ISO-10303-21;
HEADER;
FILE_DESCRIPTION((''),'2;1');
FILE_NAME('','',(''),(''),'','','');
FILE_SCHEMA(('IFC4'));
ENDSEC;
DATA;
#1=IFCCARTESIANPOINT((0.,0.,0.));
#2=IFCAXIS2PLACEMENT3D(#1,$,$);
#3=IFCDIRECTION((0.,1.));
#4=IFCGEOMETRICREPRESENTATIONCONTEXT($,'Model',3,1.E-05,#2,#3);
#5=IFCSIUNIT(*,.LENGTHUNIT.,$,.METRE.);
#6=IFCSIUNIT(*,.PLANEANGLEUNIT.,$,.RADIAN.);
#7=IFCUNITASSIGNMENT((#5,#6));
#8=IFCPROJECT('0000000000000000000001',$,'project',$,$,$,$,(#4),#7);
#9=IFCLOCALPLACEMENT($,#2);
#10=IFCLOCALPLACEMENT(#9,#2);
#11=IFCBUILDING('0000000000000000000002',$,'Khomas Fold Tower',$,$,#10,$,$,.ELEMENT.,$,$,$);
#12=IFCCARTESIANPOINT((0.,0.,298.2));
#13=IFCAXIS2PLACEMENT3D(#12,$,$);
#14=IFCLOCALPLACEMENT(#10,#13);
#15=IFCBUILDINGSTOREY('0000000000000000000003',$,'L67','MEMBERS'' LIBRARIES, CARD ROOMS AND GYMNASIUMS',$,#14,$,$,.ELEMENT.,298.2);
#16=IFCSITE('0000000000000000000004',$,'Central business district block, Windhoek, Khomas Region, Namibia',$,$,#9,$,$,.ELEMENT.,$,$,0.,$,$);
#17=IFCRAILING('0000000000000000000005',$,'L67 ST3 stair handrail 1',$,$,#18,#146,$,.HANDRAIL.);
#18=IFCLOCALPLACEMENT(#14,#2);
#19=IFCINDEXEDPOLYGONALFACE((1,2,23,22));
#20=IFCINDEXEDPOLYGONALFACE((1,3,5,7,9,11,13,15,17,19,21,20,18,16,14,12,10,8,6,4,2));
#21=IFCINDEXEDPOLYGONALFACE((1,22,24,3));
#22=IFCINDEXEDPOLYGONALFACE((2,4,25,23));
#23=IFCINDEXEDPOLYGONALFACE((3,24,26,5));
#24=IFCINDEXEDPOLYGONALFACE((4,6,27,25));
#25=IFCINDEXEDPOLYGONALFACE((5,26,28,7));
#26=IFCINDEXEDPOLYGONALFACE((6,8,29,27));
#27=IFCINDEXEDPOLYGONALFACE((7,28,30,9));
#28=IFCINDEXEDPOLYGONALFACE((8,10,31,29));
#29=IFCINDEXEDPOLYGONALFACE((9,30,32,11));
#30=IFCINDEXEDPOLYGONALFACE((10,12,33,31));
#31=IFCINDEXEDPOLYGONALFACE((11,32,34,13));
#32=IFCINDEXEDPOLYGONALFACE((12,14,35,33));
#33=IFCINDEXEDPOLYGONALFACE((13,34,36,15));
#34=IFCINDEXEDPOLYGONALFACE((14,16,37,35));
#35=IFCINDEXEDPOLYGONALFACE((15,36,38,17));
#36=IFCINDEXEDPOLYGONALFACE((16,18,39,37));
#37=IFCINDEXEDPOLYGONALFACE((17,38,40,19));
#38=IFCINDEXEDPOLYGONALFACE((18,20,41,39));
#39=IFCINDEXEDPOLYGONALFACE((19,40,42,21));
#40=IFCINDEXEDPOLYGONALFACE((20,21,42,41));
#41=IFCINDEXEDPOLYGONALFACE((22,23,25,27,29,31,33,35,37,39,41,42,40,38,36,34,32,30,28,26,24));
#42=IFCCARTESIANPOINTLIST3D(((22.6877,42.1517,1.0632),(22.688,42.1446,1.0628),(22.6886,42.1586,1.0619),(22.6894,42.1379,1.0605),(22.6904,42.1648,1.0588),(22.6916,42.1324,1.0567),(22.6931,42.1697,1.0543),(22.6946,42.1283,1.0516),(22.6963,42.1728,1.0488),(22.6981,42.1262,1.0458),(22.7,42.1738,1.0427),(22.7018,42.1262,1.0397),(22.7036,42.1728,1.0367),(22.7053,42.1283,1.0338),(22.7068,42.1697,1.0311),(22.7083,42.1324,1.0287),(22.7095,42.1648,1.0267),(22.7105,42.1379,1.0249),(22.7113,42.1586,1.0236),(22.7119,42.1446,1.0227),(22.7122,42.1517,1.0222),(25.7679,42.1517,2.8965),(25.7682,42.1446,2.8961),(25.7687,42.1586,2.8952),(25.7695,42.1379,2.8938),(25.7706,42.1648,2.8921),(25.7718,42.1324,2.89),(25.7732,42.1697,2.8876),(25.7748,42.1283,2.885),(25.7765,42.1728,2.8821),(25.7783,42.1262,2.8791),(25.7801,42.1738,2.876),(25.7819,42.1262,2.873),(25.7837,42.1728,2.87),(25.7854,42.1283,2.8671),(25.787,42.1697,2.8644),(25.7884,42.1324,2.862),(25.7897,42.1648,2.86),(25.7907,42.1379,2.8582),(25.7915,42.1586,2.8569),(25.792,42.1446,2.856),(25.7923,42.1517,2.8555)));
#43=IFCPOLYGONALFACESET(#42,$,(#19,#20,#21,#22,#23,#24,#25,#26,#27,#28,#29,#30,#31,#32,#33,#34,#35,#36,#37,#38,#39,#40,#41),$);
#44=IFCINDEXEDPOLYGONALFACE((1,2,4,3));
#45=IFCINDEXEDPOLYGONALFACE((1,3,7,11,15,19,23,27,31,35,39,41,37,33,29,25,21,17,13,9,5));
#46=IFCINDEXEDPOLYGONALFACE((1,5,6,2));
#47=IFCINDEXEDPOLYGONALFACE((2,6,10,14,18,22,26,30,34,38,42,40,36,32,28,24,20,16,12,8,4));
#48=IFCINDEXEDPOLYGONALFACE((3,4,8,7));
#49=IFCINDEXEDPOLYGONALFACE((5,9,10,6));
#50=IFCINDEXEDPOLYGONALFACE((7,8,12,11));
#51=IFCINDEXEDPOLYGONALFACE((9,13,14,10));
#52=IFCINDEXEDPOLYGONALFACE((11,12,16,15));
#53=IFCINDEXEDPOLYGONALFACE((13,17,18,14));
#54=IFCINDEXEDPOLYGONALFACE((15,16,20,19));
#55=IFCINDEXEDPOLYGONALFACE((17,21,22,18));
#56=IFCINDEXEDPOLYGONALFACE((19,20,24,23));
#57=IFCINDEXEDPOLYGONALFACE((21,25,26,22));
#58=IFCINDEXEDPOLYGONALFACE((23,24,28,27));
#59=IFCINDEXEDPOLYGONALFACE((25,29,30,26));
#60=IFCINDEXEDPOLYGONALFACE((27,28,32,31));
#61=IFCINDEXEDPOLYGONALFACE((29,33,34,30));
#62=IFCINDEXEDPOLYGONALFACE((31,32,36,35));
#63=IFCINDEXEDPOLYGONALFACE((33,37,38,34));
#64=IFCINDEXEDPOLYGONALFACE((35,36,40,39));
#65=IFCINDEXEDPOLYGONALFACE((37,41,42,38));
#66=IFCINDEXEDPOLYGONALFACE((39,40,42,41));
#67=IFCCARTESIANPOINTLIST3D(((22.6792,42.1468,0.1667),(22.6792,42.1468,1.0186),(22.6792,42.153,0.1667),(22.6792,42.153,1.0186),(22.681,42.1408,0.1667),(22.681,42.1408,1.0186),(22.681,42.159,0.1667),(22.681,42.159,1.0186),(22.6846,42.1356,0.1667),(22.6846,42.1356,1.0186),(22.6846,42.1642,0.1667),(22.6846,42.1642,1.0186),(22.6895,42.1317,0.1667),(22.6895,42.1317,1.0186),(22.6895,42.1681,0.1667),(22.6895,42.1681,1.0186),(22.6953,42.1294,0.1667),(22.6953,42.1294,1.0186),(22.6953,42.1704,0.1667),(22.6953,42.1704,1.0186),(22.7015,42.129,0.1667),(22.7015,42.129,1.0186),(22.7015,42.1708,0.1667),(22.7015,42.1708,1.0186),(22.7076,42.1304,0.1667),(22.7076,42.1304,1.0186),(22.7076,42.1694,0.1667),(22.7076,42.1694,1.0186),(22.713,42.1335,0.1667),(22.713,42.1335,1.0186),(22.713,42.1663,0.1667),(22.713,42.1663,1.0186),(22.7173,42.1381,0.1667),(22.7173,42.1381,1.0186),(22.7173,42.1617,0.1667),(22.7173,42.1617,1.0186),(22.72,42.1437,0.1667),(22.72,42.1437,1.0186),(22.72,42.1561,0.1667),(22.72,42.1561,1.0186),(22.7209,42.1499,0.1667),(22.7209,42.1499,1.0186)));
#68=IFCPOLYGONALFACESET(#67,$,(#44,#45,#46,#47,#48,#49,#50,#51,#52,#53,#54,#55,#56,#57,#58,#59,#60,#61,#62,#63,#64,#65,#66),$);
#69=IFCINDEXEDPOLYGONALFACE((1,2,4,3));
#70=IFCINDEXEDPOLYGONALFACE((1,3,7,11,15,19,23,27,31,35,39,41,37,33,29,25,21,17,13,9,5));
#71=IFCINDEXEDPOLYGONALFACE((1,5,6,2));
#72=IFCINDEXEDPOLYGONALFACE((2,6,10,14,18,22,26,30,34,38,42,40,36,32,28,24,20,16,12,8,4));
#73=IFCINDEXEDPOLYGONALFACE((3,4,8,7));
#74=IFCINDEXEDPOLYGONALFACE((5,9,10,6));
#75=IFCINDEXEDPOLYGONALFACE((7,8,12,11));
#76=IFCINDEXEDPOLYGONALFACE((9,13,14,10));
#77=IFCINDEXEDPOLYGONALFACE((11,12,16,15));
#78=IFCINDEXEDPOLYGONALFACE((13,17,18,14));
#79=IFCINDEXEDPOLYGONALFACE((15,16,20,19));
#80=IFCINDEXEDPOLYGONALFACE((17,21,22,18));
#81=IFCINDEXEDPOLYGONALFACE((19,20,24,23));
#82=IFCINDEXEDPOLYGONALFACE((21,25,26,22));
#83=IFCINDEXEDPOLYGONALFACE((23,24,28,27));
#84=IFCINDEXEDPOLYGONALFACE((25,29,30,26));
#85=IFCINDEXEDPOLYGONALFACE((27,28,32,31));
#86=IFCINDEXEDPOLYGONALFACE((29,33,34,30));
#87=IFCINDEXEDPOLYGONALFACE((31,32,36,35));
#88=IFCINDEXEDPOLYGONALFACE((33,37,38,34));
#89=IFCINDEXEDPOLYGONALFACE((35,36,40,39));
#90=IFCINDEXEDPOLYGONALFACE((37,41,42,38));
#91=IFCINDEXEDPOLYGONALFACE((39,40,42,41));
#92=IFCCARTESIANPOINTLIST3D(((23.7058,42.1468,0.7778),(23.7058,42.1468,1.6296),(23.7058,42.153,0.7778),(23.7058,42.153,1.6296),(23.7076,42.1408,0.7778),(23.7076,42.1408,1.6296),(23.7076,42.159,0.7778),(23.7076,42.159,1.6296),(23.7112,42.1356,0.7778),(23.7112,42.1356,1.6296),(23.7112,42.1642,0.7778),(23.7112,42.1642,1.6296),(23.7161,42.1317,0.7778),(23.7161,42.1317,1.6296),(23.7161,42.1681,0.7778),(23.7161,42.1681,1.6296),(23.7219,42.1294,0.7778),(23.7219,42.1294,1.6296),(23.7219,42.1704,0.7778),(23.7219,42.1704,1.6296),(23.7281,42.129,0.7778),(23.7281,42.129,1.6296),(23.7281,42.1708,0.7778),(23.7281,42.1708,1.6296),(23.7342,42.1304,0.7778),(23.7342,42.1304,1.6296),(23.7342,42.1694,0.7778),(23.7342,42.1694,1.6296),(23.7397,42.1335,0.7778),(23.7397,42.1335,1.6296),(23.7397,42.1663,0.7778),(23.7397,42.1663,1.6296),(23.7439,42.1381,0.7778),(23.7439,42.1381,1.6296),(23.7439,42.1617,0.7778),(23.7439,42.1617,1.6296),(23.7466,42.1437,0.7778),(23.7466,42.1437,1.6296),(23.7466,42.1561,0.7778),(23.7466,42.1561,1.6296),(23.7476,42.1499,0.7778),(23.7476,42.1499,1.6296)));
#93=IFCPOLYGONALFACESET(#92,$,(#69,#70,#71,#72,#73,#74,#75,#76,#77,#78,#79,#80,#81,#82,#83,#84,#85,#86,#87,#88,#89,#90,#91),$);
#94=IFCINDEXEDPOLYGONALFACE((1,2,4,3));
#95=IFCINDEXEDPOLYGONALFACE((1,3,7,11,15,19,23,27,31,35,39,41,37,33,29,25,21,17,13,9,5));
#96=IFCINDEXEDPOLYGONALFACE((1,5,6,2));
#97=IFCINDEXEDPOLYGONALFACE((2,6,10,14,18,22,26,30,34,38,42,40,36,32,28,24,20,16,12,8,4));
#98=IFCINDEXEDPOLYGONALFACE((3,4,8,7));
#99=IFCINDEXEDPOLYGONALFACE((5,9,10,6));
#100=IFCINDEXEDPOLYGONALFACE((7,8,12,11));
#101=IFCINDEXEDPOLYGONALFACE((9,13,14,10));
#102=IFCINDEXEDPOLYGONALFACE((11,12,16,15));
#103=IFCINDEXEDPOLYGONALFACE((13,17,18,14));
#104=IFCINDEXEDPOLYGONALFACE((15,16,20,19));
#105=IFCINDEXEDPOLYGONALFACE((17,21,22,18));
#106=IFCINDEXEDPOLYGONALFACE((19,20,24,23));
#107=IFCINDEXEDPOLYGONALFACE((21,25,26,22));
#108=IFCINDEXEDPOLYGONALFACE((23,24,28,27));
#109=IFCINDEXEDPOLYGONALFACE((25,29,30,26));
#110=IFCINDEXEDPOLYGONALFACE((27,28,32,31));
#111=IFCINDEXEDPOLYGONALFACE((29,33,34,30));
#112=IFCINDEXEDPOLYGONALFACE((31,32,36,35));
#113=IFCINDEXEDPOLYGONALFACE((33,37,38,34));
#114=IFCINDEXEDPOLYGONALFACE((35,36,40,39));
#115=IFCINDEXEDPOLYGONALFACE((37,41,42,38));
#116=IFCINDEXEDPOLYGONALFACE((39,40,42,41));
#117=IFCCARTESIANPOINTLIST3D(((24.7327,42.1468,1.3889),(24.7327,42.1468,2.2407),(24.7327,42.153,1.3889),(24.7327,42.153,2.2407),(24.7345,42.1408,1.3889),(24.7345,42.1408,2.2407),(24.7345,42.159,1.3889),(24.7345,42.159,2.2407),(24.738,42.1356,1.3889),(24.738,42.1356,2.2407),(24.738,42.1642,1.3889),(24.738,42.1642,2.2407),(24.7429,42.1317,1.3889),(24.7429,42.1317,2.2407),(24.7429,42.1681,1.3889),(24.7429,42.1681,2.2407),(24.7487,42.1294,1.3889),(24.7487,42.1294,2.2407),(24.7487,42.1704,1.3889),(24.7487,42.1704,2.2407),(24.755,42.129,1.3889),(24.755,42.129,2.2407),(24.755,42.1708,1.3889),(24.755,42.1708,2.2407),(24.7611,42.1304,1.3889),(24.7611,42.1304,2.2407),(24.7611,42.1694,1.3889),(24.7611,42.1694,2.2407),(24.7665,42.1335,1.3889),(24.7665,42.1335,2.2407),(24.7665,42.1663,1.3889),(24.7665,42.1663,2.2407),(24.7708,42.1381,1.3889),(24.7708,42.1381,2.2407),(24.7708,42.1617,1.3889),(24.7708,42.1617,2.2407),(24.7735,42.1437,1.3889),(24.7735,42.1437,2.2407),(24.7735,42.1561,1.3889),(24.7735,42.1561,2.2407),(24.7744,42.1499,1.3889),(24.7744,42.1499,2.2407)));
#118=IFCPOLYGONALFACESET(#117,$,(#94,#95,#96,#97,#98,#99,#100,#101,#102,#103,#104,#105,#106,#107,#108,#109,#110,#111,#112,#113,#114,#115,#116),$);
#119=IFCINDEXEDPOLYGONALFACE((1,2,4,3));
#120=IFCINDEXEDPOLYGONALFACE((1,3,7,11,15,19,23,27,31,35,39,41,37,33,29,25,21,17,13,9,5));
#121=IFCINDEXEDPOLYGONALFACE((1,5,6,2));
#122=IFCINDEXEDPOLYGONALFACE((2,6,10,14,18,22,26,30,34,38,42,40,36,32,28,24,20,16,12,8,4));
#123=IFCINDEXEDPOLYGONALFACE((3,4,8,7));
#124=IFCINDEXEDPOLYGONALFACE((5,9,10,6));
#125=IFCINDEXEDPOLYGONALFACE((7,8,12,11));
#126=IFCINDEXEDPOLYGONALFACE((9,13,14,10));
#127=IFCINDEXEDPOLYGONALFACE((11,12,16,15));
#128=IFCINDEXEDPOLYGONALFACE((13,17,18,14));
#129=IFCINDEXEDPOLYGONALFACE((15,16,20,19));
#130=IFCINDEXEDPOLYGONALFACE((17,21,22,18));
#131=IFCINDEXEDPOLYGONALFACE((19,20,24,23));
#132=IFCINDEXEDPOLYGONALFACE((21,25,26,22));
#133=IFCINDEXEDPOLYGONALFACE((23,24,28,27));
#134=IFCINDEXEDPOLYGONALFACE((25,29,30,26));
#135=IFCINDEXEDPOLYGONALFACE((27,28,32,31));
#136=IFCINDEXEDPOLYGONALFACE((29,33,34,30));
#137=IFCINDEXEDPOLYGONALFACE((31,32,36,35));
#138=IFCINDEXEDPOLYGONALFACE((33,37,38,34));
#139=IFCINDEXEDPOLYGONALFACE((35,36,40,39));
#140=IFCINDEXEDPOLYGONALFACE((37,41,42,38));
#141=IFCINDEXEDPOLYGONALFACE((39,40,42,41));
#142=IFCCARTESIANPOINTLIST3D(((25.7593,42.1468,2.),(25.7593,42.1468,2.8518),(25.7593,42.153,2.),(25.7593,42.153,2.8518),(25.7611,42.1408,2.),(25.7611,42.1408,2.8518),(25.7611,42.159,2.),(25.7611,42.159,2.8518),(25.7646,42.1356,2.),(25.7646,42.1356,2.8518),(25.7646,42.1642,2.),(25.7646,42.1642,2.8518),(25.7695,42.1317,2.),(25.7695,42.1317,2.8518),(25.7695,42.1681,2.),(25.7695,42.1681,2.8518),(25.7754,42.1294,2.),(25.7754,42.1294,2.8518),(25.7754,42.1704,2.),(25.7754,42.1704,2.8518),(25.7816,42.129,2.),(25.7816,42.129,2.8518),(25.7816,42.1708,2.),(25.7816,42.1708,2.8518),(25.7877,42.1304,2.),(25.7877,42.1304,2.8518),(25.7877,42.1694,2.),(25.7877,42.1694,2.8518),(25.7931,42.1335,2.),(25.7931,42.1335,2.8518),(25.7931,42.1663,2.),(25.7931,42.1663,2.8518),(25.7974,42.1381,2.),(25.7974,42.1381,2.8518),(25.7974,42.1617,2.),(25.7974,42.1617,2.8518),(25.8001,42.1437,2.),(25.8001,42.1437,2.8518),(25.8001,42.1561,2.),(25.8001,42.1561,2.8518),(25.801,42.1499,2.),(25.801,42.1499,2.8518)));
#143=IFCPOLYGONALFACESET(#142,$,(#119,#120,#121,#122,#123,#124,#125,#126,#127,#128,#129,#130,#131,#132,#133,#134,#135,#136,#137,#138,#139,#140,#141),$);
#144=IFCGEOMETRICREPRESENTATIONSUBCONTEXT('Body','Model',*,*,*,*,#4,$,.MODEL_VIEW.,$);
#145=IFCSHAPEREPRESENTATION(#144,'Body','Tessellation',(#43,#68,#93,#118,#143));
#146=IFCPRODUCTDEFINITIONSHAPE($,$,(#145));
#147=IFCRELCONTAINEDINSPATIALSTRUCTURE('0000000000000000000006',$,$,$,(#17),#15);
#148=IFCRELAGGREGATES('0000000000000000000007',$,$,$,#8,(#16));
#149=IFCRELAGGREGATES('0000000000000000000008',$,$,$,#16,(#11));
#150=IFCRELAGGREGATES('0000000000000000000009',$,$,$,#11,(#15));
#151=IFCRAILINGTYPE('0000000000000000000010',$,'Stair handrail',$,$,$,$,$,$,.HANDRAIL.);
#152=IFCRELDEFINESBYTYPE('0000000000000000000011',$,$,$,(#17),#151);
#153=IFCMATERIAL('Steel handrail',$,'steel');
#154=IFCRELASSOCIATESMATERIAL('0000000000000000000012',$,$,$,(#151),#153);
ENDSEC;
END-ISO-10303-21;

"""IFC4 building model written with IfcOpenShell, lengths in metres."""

from ifc_helpers import new_model, si_unit, direction, frame, origin, origin_2d, place, context, subcontext, project, spatial, circle, extrude, source, transform, mapped, material, type_object, element, save


model = new_model("IFC4")

# Units and contexts
model_context = context("Model", 3, precision=1e-05, world=origin(), true_north=direction((0.0, 1.0)))
body_context = subcontext(model_context, "Body", "Model", "MODEL_VIEW")
ifc_project = project(units=[si_unit("LENGTHUNIT", "METRE"), si_unit("PLANEANGLEUNIT", "RADIAN")], contexts=[model_context])

# Site, building, storey
site_placement = place(None, origin())
site = spatial("IfcSite", under=ifc_project, at=site_placement, Name="Central business district block, Windhoek, Khomas Region, Namibia", CompositionType="ELEMENT", RefElevation=0.0)
building_placement = place(site_placement, origin())
building = spatial("IfcBuilding", under=site, at=building_placement, Name="Khomas Fold Tower", CompositionType="ELEMENT")
storey_placement = place(building_placement, frame((0.0, 0.0, 298.2)))
storey = spatial("IfcBuildingStorey", under=building, at=storey_placement, Name="L67", Description="MEMBERS' LIBRARIES, CARD ROOMS AND GYMNASIUMS", CompositionType="ELEMENT", Elevation=298.2)

# Railing
ifc_material_1 = material(Name="Steel handrail", Category="steel")
railing_type_1 = type_object("IfcRailingType", Name="Stair handrail", PredefinedType="HANDRAIL", material=ifc_material_1)
shared_shape_1 = source(origin(), body_context, "Body", "SweptSolid", [
    extrude(circle(Radius=0.0239, at=origin_2d()), frame((0.0, 0.0, 0.876), z_axis=(0.859309, 0.0, 0.511458), x_axis=(0.0, 1.0, 0.0)), (0.0, 0.0, 1.0), 3.5845),
    extrude(circle(Radius=0.021, at=origin_2d()), origin(), (0.0, 0.0, 1.0), 0.8518),
    extrude(circle(Radius=0.021, at=origin_2d()), frame((1.0266, 0.0, 0.6111)), (0.0, 0.0, 1.0), 0.8518),
    extrude(circle(Radius=0.021, at=origin_2d()), frame((2.0535, 0.0, 1.2222)), (0.0, 0.0, 1.0), 0.8518),
    extrude(circle(Radius=0.021, at=origin_2d()), frame((3.0801, 0.0, 1.8333)), (0.0, 0.0, 1.0), 0.8518),
])
railing_1_placement = place(storey_placement, frame((22.7, 42.1499, 0.1667)))
element("IfcRailing", 1, at=railing_1_placement, inside=storey, type_object=railing_type_1, Name="L67 ST3 stair handrail 1", PredefinedType="HANDRAIL", context=body_context, shape_type="MappedRepresentation", body=[
    mapped(shared_shape_1, transform((0.0, 0.0, 0.0))),
])

save(model, "model.ifc")
